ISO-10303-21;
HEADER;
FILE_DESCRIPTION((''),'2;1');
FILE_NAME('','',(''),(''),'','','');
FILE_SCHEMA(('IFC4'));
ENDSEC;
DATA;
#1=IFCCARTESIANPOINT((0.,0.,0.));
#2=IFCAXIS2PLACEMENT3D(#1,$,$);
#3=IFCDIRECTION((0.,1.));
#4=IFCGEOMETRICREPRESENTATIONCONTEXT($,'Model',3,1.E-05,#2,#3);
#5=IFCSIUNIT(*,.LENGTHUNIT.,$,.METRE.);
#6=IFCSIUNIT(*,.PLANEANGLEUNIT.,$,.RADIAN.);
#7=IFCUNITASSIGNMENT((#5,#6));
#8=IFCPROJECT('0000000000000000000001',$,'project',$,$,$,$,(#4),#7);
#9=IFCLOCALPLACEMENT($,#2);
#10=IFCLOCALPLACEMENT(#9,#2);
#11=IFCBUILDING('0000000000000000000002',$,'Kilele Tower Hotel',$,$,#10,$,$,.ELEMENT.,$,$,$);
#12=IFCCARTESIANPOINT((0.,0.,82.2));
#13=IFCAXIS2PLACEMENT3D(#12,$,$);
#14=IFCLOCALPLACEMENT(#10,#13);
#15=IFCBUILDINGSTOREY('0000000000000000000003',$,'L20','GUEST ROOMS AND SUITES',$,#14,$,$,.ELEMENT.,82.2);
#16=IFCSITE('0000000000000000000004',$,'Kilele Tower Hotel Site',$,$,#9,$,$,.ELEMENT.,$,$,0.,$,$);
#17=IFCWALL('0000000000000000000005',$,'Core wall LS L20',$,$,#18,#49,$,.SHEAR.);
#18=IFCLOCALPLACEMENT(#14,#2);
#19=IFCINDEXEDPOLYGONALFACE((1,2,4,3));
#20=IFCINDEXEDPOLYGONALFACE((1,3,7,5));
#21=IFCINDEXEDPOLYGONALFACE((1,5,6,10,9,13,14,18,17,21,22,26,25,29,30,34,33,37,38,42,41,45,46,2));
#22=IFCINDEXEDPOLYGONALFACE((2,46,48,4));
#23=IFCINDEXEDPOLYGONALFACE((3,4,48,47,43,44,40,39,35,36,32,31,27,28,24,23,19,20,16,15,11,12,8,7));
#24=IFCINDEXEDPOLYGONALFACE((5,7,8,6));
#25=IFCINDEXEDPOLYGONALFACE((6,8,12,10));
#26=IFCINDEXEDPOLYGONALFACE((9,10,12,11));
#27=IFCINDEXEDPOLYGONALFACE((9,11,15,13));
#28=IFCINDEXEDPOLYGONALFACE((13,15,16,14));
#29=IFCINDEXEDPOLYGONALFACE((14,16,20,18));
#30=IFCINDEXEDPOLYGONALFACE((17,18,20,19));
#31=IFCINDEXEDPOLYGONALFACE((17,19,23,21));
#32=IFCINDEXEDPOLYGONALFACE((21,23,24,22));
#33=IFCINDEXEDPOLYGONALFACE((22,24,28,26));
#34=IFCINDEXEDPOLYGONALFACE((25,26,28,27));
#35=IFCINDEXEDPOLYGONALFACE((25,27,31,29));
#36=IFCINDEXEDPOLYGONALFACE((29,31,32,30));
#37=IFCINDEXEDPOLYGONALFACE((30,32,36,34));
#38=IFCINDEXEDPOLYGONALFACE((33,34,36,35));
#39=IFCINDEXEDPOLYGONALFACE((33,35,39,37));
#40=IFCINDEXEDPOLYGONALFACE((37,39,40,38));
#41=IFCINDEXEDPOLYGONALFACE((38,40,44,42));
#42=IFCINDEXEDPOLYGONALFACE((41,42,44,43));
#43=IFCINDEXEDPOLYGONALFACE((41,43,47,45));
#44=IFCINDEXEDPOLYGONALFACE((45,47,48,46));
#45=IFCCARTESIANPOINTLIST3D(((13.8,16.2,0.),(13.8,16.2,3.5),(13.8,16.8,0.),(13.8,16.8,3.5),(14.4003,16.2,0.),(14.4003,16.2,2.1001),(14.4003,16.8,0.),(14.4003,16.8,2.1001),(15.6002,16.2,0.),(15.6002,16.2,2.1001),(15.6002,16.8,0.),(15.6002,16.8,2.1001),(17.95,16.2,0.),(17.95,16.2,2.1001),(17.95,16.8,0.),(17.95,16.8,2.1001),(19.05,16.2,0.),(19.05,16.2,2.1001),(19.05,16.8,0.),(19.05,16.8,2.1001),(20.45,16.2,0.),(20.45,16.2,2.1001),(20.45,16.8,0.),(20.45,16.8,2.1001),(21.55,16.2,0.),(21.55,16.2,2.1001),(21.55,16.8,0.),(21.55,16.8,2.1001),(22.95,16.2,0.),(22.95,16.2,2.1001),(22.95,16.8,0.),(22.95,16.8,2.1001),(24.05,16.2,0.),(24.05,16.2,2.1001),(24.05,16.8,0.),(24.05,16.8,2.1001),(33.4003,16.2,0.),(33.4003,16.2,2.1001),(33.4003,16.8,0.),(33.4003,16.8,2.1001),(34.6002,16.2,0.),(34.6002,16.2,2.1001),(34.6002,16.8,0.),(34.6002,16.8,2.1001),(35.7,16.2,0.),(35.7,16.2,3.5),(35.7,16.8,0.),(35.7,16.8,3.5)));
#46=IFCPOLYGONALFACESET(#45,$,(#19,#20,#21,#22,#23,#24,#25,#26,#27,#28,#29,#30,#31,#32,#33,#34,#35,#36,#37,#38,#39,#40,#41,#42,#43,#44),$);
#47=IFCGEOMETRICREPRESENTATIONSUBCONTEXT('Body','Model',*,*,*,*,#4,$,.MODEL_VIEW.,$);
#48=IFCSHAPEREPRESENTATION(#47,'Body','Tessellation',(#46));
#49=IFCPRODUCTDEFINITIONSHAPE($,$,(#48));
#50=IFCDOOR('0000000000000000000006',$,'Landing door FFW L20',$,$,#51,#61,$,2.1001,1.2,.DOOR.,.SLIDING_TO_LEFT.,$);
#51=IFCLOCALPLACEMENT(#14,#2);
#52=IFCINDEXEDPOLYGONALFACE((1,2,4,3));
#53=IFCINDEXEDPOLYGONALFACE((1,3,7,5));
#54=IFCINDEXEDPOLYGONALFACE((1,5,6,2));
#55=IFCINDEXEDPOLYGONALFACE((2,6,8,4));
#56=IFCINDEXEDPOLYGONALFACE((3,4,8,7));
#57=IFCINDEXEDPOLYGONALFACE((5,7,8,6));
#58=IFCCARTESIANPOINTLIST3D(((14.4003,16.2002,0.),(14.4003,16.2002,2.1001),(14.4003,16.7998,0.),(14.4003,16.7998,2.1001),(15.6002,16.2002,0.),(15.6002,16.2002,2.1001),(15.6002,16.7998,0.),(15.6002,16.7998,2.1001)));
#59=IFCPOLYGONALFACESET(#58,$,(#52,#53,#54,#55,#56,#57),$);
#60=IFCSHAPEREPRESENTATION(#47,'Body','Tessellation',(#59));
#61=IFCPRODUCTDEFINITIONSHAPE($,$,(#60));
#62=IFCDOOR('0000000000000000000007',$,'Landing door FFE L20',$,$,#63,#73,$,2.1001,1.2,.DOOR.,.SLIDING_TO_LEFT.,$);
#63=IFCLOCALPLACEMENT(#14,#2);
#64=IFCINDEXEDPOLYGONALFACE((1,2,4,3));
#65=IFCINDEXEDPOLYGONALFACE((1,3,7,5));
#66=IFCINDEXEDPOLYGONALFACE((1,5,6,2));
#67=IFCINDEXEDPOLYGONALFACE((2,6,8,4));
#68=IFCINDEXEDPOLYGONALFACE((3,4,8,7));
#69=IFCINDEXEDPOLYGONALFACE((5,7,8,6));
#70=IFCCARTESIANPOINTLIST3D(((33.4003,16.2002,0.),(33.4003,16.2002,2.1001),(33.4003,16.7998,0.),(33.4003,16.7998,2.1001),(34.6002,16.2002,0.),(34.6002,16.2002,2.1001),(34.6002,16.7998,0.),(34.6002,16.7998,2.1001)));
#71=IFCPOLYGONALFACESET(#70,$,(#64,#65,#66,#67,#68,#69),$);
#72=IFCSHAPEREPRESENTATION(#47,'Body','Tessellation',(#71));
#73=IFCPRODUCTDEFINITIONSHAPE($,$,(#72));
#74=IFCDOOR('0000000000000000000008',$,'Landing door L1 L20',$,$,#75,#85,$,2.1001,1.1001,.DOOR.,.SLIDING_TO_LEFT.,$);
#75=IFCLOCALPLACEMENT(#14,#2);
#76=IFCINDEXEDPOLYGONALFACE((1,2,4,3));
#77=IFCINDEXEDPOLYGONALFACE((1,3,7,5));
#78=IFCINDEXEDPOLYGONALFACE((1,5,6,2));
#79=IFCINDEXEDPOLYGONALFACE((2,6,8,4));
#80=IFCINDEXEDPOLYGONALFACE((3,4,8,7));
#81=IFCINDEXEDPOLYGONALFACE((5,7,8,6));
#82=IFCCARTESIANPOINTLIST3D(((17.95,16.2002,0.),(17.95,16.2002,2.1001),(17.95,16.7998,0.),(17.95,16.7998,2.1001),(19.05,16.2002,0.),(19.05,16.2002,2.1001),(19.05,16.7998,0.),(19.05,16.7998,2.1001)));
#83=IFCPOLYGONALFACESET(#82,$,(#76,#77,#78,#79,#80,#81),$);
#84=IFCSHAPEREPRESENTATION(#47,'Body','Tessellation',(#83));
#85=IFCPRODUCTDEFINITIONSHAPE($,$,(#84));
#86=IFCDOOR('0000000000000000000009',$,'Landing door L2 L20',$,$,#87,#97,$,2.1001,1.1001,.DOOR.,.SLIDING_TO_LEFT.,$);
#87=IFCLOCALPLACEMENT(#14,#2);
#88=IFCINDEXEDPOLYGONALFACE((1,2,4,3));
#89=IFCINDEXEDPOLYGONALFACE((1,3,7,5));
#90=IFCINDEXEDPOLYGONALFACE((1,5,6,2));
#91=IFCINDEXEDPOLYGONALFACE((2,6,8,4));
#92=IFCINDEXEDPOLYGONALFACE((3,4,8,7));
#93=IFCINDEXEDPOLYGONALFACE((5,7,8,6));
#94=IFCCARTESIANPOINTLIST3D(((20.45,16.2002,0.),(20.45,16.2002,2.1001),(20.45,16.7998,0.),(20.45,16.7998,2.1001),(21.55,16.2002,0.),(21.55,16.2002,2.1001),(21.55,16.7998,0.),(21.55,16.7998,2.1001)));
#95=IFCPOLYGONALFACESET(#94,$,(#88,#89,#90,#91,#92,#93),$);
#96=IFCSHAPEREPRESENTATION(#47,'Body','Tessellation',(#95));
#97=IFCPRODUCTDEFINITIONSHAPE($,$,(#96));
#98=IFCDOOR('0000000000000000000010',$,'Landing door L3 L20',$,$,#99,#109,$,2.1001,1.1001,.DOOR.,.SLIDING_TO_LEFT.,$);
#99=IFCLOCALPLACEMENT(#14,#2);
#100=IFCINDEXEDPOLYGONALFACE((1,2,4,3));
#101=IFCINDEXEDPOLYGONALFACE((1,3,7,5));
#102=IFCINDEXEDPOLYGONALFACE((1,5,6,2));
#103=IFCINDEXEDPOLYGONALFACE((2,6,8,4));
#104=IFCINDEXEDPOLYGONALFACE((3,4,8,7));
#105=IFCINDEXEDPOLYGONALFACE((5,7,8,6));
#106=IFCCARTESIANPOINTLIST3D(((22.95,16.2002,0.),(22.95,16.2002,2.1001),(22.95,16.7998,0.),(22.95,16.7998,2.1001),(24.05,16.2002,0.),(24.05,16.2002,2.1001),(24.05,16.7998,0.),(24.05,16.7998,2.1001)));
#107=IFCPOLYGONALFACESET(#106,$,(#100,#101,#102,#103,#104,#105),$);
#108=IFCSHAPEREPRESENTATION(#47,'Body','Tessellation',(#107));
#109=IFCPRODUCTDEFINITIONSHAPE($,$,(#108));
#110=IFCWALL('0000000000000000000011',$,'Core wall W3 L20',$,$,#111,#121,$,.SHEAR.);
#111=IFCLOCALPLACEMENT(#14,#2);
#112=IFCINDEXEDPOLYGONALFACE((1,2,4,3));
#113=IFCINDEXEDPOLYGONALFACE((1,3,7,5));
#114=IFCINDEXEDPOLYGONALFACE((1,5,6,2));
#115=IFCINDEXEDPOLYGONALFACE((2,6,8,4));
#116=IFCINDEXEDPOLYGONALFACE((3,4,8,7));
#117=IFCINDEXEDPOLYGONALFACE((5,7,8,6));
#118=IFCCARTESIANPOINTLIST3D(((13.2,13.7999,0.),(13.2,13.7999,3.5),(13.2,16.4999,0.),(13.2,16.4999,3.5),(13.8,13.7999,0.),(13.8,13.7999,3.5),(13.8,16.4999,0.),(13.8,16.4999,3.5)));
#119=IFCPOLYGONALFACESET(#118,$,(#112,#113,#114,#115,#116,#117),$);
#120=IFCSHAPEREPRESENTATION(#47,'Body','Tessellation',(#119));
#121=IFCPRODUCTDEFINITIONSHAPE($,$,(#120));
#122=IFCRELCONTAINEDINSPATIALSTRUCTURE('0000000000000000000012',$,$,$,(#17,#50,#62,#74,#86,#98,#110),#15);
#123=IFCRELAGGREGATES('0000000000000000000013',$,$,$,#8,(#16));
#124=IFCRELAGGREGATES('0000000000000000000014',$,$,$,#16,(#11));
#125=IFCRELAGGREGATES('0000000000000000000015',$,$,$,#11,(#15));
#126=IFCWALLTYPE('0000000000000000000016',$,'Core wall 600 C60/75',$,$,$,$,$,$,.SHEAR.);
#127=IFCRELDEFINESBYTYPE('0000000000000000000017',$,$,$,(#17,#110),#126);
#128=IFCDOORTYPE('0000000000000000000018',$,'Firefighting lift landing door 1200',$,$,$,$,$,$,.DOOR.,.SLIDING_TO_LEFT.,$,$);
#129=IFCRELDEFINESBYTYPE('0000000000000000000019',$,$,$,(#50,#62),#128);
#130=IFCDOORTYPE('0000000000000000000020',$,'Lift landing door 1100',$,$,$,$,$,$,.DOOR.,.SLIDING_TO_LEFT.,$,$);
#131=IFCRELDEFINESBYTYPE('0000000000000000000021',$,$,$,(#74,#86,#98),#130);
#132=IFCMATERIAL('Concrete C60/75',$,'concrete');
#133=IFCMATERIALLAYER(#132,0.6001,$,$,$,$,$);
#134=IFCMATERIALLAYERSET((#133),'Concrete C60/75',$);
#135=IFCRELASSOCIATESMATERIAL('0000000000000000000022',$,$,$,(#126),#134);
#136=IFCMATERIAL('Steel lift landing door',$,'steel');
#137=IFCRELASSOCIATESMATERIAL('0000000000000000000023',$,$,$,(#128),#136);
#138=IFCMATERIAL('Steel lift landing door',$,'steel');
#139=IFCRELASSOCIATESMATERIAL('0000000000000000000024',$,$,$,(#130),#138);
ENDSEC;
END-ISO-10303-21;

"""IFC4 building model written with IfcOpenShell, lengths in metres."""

from ifc_helpers import new_model, si_unit, direction, frame, frame_2d, origin, place, context, subcontext, project, spatial, rectangle, extrude, material, layer, layer_set, type_object, element, fill, save


model = new_model("IFC4")

# Units and contexts
model_context = context("Model", 3, precision=1e-05, world=origin(), true_north=direction((0.0, 1.0)))
body_context = subcontext(model_context, "Body", "Model", "MODEL_VIEW")
ifc_project = project(units=[si_unit("LENGTHUNIT", "METRE"), si_unit("PLANEANGLEUNIT", "RADIAN")], contexts=[model_context])

# Site, building, storey
site_placement = place(None, origin())
site = spatial("IfcSite", under=ifc_project, at=site_placement, Name="Kilele Tower Hotel Site", CompositionType="ELEMENT", RefElevation=0.0)
building_placement = place(site_placement, origin())
building = spatial("IfcBuilding", under=site, at=building_placement, Name="Kilele Tower Hotel", CompositionType="ELEMENT")
storey_placement = place(building_placement, frame((0.0, 0.0, 82.2)))
storey = spatial("IfcBuildingStorey", under=building, at=storey_placement, Name="L20", Description="GUEST ROOMS AND SUITES", CompositionType="ELEMENT", Elevation=82.2)

# Shared definitions
ifc_material_1 = material(Name="Concrete C60/75", Category="concrete")
ifc_layer_1 = layer(ifc_material_1, 0.6001)
ifc_layer_set_1 = layer_set([ifc_layer_1], Name="Concrete C60/75")
wall_type_1 = type_object("IfcWallType", Name="Core wall 600 C60/75", PredefinedType="SHEAR", material=ifc_layer_set_1)

# Wall, openings, doors
wall_1_placement = place(storey_placement, frame((13.8, 16.5, 0.0), z_axis=(0.0, 0.0, 1.0), x_axis=(1.0, 0.0, 0.0)))
wall_1 = element("IfcWall", 1, at=wall_1_placement, inside=storey, type_object=wall_type_1, Name="Core wall LS L20", PredefinedType="SHEAR", context=body_context, shape_type="SweptSolid", body=[
    extrude(rectangle(XDim=21.8999, YDim=0.6001, at=frame_2d((10.95, 0.0))), origin(), (0.0, 0.0, 1.0), 3.5),
])
opening_1_placement = place(wall_1_placement, frame((4.1499, 0.0, 0.0)))
opening_1 = element("IfcOpeningElement", 2, at=opening_1_placement, cuts=wall_1, PredefinedType="OPENING", context=body_context, shape_type="SweptSolid", body=[
    extrude(rectangle(XDim=1.1001, YDim=2.1001, at=frame_2d((0.55, 1.05))), frame((0.0, 0.3101, 0.0), z_axis=(0.0, -1.0, 0.0), x_axis=(1.0, 0.0, 0.0)), (0.0, 0.0, 1.0), 0.6201),
])
opening_2_placement = place(wall_1_placement, frame((6.6499, 0.0, 0.0)))
opening_2 = element("IfcOpeningElement", 3, at=opening_2_placement, cuts=wall_1, PredefinedType="OPENING", context=body_context, shape_type="SweptSolid", body=[
    extrude(rectangle(XDim=1.1001, YDim=2.1001, at=frame_2d((0.55, 1.05))), frame((0.0, 0.3101, 0.0), z_axis=(0.0, -1.0, 0.0), x_axis=(1.0, 0.0, 0.0)), (0.0, 0.0, 1.0), 0.6201),
])
opening_3_placement = place(wall_1_placement, frame((9.1499, 0.0, 0.0)))
opening_3 = element("IfcOpeningElement", 4, at=opening_3_placement, cuts=wall_1, PredefinedType="OPENING", context=body_context, shape_type="SweptSolid", body=[
    extrude(rectangle(XDim=1.1001, YDim=2.1001, at=frame_2d((0.55, 1.05))), frame((0.0, 0.3101, 0.0), z_axis=(0.0, -1.0, 0.0), x_axis=(1.0, 0.0, 0.0)), (0.0, 0.0, 1.0), 0.6201),
])
opening_4_placement = place(wall_1_placement, frame((0.6001, 0.0, 0.0)))
opening_4 = element("IfcOpeningElement", 5, at=opening_4_placement, cuts=wall_1, PredefinedType="OPENING", context=body_context, shape_type="SweptSolid", body=[
    extrude(rectangle(XDim=1.2, YDim=2.1001, at=frame_2d((0.6001, 1.05))), frame((0.0, 0.3101, 0.0), z_axis=(0.0, -1.0, 0.0), x_axis=(1.0, 0.0, 0.0)), (0.0, 0.0, 1.0), 0.6201),
])
opening_5_placement = place(wall_1_placement, frame((19.6001, 0.0, 0.0)))
opening_5 = element("IfcOpeningElement", 6, at=opening_5_placement, cuts=wall_1, PredefinedType="OPENING", context=body_context, shape_type="SweptSolid", body=[
    extrude(rectangle(XDim=1.2, YDim=2.1001, at=frame_2d((0.6001, 1.05))), frame((0.0, 0.3101, 0.0), z_axis=(0.0, -1.0, 0.0), x_axis=(1.0, 0.0, 0.0)), (0.0, 0.0, 1.0), 0.6201),
])
ifc_material_2 = material(Name="Steel lift landing door", Category="steel")
door_type_1 = type_object("IfcDoorType", Name="Firefighting lift landing door 1200", OperationType="SLIDING_TO_LEFT", PredefinedType="DOOR", material=ifc_material_2)
door_1_placement = place(opening_4_placement, origin())
door_1 = element("IfcDoor", 7, at=door_1_placement, inside=storey, type_object=door_type_1, Name="Landing door FFW L20", OperationType="SLIDING_TO_LEFT", OverallHeight=2.1001, OverallWidth=1.2, PredefinedType="DOOR", context=body_context, shape_type="SweptSolid", body=[
    extrude(rectangle(XDim=1.2, YDim=2.1001, at=frame_2d((0.6001, 1.05))), frame((0.0, 0.2998, 0.0), z_axis=(0.0, -1.0, 0.0), x_axis=(1.0, 0.0, 0.0)), (0.0, 0.0, 1.0), 0.5996),
])
fill(opening_4, door_1)
door_2_placement = place(opening_5_placement, origin())
door_2 = element("IfcDoor", 8, at=door_2_placement, inside=storey, type_object=door_type_1, Name="Landing door FFE L20", OperationType="SLIDING_TO_LEFT", OverallHeight=2.1001, OverallWidth=1.2, PredefinedType="DOOR", context=body_context, shape_type="SweptSolid", body=[
    extrude(rectangle(XDim=1.2, YDim=2.1001, at=frame_2d((0.6001, 1.05))), frame((0.0, 0.2998, 0.0), z_axis=(0.0, -1.0, 0.0), x_axis=(1.0, 0.0, 0.0)), (0.0, 0.0, 1.0), 0.5996),
])
fill(opening_5, door_2)
ifc_material_3 = material(Name="Steel lift landing door", Category="steel")
door_type_2 = type_object("IfcDoorType", Name="Lift landing door 1100", OperationType="SLIDING_TO_LEFT", PredefinedType="DOOR", material=ifc_material_3)
door_3_placement = place(opening_1_placement, origin())
door_3 = element("IfcDoor", 9, at=door_3_placement, inside=storey, type_object=door_type_2, Name="Landing door L1 L20", OperationType="SLIDING_TO_LEFT", OverallHeight=2.1001, OverallWidth=1.1001, PredefinedType="DOOR", context=body_context, shape_type="SweptSolid", body=[
    extrude(rectangle(XDim=1.1001, YDim=2.1001, at=frame_2d((0.55, 1.05))), frame((0.0, 0.2998, 0.0), z_axis=(0.0, -1.0, 0.0), x_axis=(1.0, 0.0, 0.0)), (0.0, 0.0, 1.0), 0.5996),
])
fill(opening_1, door_3)
door_4_placement = place(opening_2_placement, origin())
door_4 = element("IfcDoor", 10, at=door_4_placement, inside=storey, type_object=door_type_2, Name="Landing door L2 L20", OperationType="SLIDING_TO_LEFT", OverallHeight=2.1001, OverallWidth=1.1001, PredefinedType="DOOR", context=body_context, shape_type="SweptSolid", body=[
    extrude(rectangle(XDim=1.1001, YDim=2.1001, at=frame_2d((0.55, 1.05))), frame((0.0, 0.2998, 0.0), z_axis=(0.0, -1.0, 0.0), x_axis=(1.0, 0.0, 0.0)), (0.0, 0.0, 1.0), 0.5996),
])
fill(opening_2, door_4)
door_5_placement = place(opening_3_placement, origin())
door_5 = element("IfcDoor", 11, at=door_5_placement, inside=storey, type_object=door_type_2, Name="Landing door L3 L20", OperationType="SLIDING_TO_LEFT", OverallHeight=2.1001, OverallWidth=1.1001, PredefinedType="DOOR", context=body_context, shape_type="SweptSolid", body=[
    extrude(rectangle(XDim=1.1001, YDim=2.1001, at=frame_2d((0.55, 1.05))), frame((0.0, 0.2998, 0.0), z_axis=(0.0, -1.0, 0.0), x_axis=(1.0, 0.0, 0.0)), (0.0, 0.0, 1.0), 0.5996),
])
fill(opening_3, door_5)

# Wall
wall_2_placement = place(storey_placement, frame((13.5, 16.5, 0.0), z_axis=(0.0, 0.0, 1.0), x_axis=(0.0, -1.0, 0.0)))
element("IfcWall", 12, at=wall_2_placement, inside=storey, type_object=wall_type_1, Name="Core wall W3 L20", PredefinedType="SHEAR", context=body_context, shape_type="SweptSolid", body=[
    extrude(rectangle(XDim=2.7, YDim=0.6001, at=frame_2d((1.3501, 0.0))), origin(), (0.0, 0.0, 1.0), 3.5),
])

save(model, "model.ifc")
